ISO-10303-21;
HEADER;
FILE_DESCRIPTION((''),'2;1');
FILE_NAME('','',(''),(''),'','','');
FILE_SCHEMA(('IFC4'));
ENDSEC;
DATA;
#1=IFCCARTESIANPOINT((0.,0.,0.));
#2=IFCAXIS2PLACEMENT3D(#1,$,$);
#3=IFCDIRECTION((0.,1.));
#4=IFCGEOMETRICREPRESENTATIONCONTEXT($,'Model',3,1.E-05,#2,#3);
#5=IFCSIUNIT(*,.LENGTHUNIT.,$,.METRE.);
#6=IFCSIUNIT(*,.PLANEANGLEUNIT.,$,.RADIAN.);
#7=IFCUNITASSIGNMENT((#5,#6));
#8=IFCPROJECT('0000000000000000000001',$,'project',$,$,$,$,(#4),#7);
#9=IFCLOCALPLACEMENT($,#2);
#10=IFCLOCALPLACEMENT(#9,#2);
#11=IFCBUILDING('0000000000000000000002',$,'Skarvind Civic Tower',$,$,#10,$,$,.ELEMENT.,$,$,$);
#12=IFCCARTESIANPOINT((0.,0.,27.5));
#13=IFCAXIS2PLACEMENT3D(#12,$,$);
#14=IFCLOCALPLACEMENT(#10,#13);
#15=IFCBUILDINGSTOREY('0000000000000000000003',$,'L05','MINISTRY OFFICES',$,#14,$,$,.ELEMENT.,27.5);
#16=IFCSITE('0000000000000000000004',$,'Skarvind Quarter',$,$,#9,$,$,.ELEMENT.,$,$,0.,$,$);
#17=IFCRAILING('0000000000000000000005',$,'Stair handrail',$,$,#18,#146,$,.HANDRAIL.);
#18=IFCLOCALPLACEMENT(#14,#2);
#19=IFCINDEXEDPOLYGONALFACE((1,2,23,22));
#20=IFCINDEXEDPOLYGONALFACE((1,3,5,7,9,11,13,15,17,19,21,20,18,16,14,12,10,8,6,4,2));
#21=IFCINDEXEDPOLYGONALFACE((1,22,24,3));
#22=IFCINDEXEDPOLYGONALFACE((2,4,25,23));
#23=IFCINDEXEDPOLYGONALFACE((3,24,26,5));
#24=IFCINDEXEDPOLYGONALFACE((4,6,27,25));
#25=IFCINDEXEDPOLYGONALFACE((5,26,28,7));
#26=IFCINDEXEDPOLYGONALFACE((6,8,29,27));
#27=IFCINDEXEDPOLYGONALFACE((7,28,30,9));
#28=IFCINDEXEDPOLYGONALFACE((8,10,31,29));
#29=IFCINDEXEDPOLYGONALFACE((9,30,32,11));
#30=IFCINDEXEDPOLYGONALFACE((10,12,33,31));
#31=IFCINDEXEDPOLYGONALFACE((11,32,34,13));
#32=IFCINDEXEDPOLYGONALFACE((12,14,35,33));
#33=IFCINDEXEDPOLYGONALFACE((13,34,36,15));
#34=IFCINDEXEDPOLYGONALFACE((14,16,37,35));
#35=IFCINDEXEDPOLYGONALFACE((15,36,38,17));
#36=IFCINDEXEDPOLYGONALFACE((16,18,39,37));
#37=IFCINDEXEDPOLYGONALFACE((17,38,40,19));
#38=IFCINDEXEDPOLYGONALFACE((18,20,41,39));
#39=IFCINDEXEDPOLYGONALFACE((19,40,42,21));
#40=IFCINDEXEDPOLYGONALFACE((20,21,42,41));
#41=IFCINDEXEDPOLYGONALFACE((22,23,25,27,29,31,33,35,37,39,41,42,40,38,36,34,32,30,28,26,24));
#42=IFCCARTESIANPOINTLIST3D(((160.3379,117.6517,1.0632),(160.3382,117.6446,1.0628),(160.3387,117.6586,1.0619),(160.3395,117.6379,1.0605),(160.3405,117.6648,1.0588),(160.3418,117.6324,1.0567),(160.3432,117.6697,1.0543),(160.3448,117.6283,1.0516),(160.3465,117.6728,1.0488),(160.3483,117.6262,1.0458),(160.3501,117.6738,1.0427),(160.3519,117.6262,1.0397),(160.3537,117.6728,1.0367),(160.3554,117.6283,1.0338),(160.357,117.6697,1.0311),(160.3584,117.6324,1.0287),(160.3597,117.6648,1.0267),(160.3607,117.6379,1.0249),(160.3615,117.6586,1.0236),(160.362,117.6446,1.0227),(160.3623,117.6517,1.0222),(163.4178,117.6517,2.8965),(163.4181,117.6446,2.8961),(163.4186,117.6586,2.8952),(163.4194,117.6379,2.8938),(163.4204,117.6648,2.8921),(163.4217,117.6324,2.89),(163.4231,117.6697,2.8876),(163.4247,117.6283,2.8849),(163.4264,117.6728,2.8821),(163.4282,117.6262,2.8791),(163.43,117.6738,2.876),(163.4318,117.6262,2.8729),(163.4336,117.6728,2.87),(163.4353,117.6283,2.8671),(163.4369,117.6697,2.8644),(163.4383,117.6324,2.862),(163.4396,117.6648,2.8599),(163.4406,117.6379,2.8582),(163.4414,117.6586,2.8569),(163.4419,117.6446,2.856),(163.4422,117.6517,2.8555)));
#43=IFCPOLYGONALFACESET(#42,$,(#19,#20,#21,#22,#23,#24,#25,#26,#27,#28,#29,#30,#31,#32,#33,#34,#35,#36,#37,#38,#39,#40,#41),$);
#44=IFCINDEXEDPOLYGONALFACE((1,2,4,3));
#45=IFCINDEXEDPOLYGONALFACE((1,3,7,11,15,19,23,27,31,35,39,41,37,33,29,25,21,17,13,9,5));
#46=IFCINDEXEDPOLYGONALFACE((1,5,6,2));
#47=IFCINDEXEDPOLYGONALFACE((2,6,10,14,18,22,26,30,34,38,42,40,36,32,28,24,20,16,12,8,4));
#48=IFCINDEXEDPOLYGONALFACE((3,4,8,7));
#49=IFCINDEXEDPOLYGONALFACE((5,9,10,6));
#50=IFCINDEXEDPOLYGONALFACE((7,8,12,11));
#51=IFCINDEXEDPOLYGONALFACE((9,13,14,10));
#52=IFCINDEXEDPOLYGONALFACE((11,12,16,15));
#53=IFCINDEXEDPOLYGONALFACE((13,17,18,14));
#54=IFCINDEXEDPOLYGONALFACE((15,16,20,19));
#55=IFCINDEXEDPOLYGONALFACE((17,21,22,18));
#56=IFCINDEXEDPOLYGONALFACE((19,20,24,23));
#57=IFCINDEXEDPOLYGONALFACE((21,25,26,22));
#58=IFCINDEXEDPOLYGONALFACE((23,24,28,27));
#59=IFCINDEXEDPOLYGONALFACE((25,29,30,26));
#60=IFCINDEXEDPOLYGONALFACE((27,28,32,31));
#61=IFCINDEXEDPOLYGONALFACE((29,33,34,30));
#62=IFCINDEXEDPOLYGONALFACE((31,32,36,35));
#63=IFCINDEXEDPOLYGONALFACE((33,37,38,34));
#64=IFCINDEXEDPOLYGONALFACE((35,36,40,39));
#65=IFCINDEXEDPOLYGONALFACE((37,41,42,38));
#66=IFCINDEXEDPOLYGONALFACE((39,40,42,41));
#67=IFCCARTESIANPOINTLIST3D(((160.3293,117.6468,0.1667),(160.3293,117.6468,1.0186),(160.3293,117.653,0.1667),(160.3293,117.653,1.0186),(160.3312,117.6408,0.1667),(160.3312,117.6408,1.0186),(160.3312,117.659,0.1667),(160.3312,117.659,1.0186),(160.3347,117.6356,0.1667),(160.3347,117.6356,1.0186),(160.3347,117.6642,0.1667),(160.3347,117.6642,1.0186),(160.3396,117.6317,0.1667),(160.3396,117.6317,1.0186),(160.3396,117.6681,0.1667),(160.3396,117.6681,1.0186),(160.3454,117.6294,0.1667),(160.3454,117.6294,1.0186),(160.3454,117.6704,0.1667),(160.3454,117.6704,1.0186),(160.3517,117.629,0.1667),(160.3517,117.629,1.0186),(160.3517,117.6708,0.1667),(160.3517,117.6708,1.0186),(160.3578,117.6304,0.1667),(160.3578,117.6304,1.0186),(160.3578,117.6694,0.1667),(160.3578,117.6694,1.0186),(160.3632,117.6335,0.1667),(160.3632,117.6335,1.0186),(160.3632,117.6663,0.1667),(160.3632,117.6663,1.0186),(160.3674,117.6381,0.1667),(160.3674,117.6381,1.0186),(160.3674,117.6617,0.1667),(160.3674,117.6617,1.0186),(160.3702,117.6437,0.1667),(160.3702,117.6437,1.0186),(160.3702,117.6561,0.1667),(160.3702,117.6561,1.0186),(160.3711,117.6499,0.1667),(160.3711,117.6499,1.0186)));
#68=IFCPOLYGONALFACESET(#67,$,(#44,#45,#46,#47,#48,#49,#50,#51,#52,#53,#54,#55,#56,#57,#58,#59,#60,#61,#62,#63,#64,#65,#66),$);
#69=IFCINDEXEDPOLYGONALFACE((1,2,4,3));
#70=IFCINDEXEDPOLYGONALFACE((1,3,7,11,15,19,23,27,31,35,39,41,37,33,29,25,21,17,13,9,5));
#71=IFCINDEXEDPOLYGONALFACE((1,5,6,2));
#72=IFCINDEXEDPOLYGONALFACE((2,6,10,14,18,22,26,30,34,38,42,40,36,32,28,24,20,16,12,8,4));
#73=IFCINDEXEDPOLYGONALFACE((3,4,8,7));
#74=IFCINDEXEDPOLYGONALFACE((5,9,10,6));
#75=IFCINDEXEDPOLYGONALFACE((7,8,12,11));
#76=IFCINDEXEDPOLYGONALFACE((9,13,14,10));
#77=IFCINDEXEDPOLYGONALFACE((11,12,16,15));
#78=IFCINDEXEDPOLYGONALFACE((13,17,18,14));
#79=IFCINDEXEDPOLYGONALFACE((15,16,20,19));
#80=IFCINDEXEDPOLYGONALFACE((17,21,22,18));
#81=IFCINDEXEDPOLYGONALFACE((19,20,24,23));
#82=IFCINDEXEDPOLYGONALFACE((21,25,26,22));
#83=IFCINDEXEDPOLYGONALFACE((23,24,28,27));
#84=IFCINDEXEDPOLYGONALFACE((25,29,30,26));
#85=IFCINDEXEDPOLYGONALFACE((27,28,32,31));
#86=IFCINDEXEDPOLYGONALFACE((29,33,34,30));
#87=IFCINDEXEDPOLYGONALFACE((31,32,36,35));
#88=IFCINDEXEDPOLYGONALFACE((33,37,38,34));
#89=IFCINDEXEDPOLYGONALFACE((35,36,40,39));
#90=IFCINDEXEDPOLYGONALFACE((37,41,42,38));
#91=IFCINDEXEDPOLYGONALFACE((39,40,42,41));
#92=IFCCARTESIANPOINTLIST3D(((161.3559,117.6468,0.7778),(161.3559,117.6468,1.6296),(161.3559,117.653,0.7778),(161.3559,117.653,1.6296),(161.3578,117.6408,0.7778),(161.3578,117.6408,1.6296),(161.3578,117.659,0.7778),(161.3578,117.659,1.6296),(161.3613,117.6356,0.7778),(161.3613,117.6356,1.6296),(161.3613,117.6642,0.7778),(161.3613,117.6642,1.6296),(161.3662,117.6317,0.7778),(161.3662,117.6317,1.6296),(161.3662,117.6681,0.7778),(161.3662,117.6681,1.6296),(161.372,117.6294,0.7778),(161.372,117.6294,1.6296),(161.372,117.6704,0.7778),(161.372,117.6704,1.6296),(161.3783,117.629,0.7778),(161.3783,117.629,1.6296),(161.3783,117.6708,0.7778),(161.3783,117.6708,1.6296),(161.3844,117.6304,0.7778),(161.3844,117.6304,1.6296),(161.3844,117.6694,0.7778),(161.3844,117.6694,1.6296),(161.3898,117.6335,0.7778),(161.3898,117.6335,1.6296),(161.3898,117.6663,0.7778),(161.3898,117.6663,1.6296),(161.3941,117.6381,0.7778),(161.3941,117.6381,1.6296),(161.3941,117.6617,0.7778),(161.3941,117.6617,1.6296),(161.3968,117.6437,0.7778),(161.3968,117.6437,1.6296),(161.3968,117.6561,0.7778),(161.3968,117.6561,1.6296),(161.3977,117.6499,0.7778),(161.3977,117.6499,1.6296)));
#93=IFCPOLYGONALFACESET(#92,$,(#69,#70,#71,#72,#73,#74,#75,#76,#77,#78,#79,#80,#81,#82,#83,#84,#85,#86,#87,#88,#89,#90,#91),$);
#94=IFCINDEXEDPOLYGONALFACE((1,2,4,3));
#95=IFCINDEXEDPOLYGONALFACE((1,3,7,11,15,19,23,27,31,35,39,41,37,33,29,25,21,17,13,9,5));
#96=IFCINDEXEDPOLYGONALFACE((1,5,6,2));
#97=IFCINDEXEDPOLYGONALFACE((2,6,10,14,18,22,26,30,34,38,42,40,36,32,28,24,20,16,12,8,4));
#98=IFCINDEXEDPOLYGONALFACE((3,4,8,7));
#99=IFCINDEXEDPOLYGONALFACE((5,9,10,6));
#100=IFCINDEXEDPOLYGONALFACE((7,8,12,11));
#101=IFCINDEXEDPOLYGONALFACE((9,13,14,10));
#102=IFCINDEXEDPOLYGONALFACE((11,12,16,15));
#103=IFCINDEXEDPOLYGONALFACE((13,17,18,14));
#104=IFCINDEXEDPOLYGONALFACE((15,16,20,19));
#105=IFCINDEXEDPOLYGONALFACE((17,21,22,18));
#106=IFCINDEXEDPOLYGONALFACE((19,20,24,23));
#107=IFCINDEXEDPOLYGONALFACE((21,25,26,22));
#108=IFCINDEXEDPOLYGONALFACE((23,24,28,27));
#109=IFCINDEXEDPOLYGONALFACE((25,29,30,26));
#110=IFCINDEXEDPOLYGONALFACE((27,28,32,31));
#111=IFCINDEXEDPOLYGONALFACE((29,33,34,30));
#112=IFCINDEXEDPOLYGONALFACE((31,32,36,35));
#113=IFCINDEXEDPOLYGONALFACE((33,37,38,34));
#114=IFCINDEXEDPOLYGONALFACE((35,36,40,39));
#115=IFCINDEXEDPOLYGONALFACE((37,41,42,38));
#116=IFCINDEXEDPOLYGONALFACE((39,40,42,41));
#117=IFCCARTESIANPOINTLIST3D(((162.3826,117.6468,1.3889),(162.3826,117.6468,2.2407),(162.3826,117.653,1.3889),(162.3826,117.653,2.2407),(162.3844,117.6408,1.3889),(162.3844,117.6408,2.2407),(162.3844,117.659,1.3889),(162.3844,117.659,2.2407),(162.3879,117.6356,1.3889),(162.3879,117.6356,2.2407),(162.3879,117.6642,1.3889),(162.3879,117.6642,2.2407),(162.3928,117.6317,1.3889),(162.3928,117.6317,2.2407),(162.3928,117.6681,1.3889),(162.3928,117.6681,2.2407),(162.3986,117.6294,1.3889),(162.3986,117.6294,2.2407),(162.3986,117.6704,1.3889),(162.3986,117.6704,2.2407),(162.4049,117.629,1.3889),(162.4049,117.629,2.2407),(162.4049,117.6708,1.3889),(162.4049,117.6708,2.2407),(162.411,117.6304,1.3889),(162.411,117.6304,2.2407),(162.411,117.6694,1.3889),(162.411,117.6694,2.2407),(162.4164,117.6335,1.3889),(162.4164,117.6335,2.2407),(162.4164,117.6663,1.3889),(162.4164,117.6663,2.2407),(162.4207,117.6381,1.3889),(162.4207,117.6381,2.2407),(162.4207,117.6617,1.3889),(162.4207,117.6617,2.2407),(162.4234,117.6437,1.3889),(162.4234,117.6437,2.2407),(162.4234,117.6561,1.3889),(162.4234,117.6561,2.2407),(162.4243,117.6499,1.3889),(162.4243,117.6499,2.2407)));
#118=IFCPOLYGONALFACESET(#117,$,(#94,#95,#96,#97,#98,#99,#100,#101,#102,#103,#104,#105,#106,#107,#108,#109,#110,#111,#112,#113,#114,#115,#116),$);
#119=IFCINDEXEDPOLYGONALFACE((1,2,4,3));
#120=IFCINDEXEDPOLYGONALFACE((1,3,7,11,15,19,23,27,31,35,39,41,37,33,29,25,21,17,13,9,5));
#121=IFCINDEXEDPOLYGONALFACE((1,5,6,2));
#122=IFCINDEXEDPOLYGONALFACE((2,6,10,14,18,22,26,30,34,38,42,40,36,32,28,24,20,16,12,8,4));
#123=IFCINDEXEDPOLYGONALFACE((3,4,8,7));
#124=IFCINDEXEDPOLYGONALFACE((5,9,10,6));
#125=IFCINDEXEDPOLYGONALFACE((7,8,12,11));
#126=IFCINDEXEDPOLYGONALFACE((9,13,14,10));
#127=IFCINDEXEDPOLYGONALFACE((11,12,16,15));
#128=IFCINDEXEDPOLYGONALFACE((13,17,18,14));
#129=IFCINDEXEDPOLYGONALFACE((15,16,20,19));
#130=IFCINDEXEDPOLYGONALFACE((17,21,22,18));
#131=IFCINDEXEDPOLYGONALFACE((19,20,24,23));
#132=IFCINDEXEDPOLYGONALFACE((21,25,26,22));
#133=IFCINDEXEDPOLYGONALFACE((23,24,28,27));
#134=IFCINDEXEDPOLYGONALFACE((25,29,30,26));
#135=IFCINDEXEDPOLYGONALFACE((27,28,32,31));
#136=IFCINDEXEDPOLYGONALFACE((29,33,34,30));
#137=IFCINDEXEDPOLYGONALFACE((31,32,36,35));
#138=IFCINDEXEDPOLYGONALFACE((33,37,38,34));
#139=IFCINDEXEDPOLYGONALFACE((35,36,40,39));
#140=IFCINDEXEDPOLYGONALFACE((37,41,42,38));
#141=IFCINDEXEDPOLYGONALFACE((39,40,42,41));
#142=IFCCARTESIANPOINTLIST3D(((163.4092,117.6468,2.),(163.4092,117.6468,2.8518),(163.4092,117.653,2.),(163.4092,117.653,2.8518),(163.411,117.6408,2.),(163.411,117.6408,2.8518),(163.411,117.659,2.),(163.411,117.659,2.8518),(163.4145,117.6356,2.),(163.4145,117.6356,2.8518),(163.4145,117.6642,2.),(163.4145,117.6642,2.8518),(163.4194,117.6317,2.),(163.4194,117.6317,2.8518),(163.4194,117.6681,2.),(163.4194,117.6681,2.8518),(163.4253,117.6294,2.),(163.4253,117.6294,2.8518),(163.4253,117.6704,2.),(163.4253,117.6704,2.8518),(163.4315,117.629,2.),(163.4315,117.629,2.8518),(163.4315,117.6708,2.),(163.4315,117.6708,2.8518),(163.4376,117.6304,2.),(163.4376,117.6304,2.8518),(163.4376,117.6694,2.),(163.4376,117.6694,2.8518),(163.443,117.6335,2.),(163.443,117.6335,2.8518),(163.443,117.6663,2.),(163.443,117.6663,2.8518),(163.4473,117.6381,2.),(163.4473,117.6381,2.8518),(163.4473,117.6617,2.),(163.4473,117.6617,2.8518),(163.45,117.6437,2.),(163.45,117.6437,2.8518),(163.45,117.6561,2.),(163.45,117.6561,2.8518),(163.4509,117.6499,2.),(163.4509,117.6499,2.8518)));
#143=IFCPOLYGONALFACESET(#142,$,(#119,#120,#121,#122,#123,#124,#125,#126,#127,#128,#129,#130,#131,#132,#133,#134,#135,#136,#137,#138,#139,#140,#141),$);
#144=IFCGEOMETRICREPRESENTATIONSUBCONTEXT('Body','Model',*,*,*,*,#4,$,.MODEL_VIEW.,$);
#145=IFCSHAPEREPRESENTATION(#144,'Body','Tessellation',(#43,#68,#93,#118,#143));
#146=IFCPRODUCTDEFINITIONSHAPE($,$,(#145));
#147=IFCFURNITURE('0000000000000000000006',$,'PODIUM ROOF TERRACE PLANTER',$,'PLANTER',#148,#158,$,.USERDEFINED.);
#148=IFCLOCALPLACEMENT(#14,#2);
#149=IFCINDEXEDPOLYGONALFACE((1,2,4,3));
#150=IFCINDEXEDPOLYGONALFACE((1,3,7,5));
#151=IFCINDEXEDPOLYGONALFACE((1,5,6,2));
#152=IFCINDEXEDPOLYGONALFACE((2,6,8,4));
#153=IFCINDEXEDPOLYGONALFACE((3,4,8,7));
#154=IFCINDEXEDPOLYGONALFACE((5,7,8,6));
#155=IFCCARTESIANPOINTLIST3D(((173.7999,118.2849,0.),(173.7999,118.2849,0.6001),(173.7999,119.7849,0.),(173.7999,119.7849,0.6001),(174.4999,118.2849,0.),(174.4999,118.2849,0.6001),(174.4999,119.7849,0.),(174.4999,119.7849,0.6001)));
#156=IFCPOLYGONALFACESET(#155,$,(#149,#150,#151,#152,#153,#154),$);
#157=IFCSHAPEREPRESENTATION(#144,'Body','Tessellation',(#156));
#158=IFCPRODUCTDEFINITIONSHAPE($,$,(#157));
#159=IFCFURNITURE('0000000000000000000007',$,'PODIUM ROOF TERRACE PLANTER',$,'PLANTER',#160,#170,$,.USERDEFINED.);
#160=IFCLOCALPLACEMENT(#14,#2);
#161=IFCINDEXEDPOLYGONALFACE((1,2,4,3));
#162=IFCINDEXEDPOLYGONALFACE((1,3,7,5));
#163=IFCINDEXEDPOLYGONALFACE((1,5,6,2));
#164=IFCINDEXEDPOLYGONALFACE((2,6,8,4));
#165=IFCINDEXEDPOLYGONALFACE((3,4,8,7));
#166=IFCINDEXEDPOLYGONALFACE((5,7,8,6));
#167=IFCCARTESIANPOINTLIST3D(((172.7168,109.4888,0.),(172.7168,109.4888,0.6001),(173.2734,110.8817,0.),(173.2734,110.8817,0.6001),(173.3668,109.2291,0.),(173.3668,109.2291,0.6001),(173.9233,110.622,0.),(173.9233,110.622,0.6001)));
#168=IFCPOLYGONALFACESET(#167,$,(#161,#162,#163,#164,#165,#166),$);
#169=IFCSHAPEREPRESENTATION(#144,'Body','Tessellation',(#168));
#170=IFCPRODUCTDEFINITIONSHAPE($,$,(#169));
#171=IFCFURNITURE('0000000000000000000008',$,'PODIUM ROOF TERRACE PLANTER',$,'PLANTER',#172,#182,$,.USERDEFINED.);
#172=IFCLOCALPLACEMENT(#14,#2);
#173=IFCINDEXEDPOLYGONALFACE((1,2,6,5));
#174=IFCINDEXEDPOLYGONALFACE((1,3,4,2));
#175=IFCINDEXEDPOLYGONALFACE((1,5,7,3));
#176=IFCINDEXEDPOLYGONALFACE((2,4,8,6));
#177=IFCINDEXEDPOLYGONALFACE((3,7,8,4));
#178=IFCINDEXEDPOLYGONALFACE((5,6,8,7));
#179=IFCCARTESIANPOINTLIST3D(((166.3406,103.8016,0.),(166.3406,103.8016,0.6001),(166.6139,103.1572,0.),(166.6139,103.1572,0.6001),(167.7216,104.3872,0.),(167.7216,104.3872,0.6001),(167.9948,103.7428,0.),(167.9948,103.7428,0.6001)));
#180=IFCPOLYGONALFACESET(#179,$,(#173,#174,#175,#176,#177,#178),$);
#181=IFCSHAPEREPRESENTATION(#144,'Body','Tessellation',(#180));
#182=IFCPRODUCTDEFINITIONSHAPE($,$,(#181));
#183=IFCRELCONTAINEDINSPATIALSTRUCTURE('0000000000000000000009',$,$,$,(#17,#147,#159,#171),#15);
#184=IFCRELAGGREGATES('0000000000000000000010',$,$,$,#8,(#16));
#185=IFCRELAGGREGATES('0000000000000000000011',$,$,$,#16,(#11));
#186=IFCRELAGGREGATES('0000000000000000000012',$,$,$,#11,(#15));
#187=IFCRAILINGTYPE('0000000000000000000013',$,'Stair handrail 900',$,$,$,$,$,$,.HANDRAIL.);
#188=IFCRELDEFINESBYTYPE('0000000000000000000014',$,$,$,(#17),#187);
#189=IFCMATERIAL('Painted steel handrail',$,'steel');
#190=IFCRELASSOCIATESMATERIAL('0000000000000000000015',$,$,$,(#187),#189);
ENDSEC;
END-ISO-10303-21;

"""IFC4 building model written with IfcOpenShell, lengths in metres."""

from ifc_helpers import new_model, si_unit, direction, frame, origin, origin_2d, place, context, subcontext, project, spatial, rectangle, circle, extrude, material, type_object, element, save


model = new_model("IFC4")

# Units and contexts
model_context = context("Model", 3, precision=1e-05, world=origin(), true_north=direction((0.0, 1.0)))
body_context = subcontext(model_context, "Body", "Model", "MODEL_VIEW")
ifc_project = project(units=[si_unit("LENGTHUNIT", "METRE"), si_unit("PLANEANGLEUNIT", "RADIAN")], contexts=[model_context])

# Site, building, storey
site_placement = place(None, origin())
site = spatial("IfcSite", under=ifc_project, at=site_placement, Name="Skarvind Quarter", CompositionType="ELEMENT", RefElevation=0.0)
building_placement = place(site_placement, origin())
building = spatial("IfcBuilding", under=site, at=building_placement, Name="Skarvind Civic Tower", CompositionType="ELEMENT")
storey_placement = place(building_placement, frame((0.0, 0.0, 27.5)))
storey = spatial("IfcBuildingStorey", under=building, at=storey_placement, Name="L05", Description="MINISTRY OFFICES", CompositionType="ELEMENT", Elevation=27.5)

# Railing
ifc_material_1 = material(Name="Painted steel handrail", Category="steel")
railing_type_1 = type_object("IfcRailingType", Name="Stair handrail 900", PredefinedType="HANDRAIL", material=ifc_material_1)
railing_1_placement = place(storey_placement, frame((160.3501, 117.6499, 0.1667)))
element("IfcRailing", 1, at=railing_1_placement, inside=storey, type_object=railing_type_1, Name="Stair handrail", PredefinedType="HANDRAIL", context=body_context, shape_type="SweptSolid", body=[
    extrude(circle(Radius=0.0239, at=origin_2d()), frame((0.0, 0.0, 0.876), z_axis=(0.859291, 0.0, 0.511487), x_axis=(0.0, 1.0, 0.0)), (0.0, 0.0, 1.0), 3.5842),
    extrude(circle(Radius=0.021, at=origin_2d()), origin(), (0.0, 0.0, 1.0), 0.8518),
    extrude(circle(Radius=0.021, at=origin_2d()), frame((1.0266, 0.0, 0.6111)), (0.0, 0.0, 1.0), 0.8518),
    extrude(circle(Radius=0.021, at=origin_2d()), frame((2.0532, 0.0, 1.2222)), (0.0, 0.0, 1.0), 0.8518),
    extrude(circle(Radius=0.021, at=origin_2d()), frame((3.0798, 0.0, 1.8333)), (0.0, 0.0, 1.0), 0.8518),
])

# Furniture
for number, where, z_axis, x_axis, name in (
    (2, (174.1499, 119.0349, 0.0), (0.0, 0.0, 1.0), (0.0, -1.0, 0.0), "PODIUM ROOF TERRACE PLANTER"),
    (3, (173.3201, 110.0554, 0.0), (0.0, 0.0, 1.0), (-0.371044, -0.928615, 0.0), "PODIUM ROOF TERRACE PLANTER"),
    (4, (167.1677, 103.7722, 0.0), (0.0, 0.0, 1.0), (-0.920641, -0.39041, 0.0), "PODIUM ROOF TERRACE PLANTER"),
):
    element("IfcFurniture", number, at=place(storey_placement, frame(where, z_axis=z_axis, x_axis=x_axis)), inside=storey, Name=name, ObjectType="PLANTER", PredefinedType="USERDEFINED", context=body_context, shape_type="SweptSolid", body=[
        extrude(rectangle(XDim=1.5, YDim=0.7, at=origin_2d()), origin(), (0.0, 0.0, 1.0), 0.6001),
    ])

save(model, "model.ifc")
